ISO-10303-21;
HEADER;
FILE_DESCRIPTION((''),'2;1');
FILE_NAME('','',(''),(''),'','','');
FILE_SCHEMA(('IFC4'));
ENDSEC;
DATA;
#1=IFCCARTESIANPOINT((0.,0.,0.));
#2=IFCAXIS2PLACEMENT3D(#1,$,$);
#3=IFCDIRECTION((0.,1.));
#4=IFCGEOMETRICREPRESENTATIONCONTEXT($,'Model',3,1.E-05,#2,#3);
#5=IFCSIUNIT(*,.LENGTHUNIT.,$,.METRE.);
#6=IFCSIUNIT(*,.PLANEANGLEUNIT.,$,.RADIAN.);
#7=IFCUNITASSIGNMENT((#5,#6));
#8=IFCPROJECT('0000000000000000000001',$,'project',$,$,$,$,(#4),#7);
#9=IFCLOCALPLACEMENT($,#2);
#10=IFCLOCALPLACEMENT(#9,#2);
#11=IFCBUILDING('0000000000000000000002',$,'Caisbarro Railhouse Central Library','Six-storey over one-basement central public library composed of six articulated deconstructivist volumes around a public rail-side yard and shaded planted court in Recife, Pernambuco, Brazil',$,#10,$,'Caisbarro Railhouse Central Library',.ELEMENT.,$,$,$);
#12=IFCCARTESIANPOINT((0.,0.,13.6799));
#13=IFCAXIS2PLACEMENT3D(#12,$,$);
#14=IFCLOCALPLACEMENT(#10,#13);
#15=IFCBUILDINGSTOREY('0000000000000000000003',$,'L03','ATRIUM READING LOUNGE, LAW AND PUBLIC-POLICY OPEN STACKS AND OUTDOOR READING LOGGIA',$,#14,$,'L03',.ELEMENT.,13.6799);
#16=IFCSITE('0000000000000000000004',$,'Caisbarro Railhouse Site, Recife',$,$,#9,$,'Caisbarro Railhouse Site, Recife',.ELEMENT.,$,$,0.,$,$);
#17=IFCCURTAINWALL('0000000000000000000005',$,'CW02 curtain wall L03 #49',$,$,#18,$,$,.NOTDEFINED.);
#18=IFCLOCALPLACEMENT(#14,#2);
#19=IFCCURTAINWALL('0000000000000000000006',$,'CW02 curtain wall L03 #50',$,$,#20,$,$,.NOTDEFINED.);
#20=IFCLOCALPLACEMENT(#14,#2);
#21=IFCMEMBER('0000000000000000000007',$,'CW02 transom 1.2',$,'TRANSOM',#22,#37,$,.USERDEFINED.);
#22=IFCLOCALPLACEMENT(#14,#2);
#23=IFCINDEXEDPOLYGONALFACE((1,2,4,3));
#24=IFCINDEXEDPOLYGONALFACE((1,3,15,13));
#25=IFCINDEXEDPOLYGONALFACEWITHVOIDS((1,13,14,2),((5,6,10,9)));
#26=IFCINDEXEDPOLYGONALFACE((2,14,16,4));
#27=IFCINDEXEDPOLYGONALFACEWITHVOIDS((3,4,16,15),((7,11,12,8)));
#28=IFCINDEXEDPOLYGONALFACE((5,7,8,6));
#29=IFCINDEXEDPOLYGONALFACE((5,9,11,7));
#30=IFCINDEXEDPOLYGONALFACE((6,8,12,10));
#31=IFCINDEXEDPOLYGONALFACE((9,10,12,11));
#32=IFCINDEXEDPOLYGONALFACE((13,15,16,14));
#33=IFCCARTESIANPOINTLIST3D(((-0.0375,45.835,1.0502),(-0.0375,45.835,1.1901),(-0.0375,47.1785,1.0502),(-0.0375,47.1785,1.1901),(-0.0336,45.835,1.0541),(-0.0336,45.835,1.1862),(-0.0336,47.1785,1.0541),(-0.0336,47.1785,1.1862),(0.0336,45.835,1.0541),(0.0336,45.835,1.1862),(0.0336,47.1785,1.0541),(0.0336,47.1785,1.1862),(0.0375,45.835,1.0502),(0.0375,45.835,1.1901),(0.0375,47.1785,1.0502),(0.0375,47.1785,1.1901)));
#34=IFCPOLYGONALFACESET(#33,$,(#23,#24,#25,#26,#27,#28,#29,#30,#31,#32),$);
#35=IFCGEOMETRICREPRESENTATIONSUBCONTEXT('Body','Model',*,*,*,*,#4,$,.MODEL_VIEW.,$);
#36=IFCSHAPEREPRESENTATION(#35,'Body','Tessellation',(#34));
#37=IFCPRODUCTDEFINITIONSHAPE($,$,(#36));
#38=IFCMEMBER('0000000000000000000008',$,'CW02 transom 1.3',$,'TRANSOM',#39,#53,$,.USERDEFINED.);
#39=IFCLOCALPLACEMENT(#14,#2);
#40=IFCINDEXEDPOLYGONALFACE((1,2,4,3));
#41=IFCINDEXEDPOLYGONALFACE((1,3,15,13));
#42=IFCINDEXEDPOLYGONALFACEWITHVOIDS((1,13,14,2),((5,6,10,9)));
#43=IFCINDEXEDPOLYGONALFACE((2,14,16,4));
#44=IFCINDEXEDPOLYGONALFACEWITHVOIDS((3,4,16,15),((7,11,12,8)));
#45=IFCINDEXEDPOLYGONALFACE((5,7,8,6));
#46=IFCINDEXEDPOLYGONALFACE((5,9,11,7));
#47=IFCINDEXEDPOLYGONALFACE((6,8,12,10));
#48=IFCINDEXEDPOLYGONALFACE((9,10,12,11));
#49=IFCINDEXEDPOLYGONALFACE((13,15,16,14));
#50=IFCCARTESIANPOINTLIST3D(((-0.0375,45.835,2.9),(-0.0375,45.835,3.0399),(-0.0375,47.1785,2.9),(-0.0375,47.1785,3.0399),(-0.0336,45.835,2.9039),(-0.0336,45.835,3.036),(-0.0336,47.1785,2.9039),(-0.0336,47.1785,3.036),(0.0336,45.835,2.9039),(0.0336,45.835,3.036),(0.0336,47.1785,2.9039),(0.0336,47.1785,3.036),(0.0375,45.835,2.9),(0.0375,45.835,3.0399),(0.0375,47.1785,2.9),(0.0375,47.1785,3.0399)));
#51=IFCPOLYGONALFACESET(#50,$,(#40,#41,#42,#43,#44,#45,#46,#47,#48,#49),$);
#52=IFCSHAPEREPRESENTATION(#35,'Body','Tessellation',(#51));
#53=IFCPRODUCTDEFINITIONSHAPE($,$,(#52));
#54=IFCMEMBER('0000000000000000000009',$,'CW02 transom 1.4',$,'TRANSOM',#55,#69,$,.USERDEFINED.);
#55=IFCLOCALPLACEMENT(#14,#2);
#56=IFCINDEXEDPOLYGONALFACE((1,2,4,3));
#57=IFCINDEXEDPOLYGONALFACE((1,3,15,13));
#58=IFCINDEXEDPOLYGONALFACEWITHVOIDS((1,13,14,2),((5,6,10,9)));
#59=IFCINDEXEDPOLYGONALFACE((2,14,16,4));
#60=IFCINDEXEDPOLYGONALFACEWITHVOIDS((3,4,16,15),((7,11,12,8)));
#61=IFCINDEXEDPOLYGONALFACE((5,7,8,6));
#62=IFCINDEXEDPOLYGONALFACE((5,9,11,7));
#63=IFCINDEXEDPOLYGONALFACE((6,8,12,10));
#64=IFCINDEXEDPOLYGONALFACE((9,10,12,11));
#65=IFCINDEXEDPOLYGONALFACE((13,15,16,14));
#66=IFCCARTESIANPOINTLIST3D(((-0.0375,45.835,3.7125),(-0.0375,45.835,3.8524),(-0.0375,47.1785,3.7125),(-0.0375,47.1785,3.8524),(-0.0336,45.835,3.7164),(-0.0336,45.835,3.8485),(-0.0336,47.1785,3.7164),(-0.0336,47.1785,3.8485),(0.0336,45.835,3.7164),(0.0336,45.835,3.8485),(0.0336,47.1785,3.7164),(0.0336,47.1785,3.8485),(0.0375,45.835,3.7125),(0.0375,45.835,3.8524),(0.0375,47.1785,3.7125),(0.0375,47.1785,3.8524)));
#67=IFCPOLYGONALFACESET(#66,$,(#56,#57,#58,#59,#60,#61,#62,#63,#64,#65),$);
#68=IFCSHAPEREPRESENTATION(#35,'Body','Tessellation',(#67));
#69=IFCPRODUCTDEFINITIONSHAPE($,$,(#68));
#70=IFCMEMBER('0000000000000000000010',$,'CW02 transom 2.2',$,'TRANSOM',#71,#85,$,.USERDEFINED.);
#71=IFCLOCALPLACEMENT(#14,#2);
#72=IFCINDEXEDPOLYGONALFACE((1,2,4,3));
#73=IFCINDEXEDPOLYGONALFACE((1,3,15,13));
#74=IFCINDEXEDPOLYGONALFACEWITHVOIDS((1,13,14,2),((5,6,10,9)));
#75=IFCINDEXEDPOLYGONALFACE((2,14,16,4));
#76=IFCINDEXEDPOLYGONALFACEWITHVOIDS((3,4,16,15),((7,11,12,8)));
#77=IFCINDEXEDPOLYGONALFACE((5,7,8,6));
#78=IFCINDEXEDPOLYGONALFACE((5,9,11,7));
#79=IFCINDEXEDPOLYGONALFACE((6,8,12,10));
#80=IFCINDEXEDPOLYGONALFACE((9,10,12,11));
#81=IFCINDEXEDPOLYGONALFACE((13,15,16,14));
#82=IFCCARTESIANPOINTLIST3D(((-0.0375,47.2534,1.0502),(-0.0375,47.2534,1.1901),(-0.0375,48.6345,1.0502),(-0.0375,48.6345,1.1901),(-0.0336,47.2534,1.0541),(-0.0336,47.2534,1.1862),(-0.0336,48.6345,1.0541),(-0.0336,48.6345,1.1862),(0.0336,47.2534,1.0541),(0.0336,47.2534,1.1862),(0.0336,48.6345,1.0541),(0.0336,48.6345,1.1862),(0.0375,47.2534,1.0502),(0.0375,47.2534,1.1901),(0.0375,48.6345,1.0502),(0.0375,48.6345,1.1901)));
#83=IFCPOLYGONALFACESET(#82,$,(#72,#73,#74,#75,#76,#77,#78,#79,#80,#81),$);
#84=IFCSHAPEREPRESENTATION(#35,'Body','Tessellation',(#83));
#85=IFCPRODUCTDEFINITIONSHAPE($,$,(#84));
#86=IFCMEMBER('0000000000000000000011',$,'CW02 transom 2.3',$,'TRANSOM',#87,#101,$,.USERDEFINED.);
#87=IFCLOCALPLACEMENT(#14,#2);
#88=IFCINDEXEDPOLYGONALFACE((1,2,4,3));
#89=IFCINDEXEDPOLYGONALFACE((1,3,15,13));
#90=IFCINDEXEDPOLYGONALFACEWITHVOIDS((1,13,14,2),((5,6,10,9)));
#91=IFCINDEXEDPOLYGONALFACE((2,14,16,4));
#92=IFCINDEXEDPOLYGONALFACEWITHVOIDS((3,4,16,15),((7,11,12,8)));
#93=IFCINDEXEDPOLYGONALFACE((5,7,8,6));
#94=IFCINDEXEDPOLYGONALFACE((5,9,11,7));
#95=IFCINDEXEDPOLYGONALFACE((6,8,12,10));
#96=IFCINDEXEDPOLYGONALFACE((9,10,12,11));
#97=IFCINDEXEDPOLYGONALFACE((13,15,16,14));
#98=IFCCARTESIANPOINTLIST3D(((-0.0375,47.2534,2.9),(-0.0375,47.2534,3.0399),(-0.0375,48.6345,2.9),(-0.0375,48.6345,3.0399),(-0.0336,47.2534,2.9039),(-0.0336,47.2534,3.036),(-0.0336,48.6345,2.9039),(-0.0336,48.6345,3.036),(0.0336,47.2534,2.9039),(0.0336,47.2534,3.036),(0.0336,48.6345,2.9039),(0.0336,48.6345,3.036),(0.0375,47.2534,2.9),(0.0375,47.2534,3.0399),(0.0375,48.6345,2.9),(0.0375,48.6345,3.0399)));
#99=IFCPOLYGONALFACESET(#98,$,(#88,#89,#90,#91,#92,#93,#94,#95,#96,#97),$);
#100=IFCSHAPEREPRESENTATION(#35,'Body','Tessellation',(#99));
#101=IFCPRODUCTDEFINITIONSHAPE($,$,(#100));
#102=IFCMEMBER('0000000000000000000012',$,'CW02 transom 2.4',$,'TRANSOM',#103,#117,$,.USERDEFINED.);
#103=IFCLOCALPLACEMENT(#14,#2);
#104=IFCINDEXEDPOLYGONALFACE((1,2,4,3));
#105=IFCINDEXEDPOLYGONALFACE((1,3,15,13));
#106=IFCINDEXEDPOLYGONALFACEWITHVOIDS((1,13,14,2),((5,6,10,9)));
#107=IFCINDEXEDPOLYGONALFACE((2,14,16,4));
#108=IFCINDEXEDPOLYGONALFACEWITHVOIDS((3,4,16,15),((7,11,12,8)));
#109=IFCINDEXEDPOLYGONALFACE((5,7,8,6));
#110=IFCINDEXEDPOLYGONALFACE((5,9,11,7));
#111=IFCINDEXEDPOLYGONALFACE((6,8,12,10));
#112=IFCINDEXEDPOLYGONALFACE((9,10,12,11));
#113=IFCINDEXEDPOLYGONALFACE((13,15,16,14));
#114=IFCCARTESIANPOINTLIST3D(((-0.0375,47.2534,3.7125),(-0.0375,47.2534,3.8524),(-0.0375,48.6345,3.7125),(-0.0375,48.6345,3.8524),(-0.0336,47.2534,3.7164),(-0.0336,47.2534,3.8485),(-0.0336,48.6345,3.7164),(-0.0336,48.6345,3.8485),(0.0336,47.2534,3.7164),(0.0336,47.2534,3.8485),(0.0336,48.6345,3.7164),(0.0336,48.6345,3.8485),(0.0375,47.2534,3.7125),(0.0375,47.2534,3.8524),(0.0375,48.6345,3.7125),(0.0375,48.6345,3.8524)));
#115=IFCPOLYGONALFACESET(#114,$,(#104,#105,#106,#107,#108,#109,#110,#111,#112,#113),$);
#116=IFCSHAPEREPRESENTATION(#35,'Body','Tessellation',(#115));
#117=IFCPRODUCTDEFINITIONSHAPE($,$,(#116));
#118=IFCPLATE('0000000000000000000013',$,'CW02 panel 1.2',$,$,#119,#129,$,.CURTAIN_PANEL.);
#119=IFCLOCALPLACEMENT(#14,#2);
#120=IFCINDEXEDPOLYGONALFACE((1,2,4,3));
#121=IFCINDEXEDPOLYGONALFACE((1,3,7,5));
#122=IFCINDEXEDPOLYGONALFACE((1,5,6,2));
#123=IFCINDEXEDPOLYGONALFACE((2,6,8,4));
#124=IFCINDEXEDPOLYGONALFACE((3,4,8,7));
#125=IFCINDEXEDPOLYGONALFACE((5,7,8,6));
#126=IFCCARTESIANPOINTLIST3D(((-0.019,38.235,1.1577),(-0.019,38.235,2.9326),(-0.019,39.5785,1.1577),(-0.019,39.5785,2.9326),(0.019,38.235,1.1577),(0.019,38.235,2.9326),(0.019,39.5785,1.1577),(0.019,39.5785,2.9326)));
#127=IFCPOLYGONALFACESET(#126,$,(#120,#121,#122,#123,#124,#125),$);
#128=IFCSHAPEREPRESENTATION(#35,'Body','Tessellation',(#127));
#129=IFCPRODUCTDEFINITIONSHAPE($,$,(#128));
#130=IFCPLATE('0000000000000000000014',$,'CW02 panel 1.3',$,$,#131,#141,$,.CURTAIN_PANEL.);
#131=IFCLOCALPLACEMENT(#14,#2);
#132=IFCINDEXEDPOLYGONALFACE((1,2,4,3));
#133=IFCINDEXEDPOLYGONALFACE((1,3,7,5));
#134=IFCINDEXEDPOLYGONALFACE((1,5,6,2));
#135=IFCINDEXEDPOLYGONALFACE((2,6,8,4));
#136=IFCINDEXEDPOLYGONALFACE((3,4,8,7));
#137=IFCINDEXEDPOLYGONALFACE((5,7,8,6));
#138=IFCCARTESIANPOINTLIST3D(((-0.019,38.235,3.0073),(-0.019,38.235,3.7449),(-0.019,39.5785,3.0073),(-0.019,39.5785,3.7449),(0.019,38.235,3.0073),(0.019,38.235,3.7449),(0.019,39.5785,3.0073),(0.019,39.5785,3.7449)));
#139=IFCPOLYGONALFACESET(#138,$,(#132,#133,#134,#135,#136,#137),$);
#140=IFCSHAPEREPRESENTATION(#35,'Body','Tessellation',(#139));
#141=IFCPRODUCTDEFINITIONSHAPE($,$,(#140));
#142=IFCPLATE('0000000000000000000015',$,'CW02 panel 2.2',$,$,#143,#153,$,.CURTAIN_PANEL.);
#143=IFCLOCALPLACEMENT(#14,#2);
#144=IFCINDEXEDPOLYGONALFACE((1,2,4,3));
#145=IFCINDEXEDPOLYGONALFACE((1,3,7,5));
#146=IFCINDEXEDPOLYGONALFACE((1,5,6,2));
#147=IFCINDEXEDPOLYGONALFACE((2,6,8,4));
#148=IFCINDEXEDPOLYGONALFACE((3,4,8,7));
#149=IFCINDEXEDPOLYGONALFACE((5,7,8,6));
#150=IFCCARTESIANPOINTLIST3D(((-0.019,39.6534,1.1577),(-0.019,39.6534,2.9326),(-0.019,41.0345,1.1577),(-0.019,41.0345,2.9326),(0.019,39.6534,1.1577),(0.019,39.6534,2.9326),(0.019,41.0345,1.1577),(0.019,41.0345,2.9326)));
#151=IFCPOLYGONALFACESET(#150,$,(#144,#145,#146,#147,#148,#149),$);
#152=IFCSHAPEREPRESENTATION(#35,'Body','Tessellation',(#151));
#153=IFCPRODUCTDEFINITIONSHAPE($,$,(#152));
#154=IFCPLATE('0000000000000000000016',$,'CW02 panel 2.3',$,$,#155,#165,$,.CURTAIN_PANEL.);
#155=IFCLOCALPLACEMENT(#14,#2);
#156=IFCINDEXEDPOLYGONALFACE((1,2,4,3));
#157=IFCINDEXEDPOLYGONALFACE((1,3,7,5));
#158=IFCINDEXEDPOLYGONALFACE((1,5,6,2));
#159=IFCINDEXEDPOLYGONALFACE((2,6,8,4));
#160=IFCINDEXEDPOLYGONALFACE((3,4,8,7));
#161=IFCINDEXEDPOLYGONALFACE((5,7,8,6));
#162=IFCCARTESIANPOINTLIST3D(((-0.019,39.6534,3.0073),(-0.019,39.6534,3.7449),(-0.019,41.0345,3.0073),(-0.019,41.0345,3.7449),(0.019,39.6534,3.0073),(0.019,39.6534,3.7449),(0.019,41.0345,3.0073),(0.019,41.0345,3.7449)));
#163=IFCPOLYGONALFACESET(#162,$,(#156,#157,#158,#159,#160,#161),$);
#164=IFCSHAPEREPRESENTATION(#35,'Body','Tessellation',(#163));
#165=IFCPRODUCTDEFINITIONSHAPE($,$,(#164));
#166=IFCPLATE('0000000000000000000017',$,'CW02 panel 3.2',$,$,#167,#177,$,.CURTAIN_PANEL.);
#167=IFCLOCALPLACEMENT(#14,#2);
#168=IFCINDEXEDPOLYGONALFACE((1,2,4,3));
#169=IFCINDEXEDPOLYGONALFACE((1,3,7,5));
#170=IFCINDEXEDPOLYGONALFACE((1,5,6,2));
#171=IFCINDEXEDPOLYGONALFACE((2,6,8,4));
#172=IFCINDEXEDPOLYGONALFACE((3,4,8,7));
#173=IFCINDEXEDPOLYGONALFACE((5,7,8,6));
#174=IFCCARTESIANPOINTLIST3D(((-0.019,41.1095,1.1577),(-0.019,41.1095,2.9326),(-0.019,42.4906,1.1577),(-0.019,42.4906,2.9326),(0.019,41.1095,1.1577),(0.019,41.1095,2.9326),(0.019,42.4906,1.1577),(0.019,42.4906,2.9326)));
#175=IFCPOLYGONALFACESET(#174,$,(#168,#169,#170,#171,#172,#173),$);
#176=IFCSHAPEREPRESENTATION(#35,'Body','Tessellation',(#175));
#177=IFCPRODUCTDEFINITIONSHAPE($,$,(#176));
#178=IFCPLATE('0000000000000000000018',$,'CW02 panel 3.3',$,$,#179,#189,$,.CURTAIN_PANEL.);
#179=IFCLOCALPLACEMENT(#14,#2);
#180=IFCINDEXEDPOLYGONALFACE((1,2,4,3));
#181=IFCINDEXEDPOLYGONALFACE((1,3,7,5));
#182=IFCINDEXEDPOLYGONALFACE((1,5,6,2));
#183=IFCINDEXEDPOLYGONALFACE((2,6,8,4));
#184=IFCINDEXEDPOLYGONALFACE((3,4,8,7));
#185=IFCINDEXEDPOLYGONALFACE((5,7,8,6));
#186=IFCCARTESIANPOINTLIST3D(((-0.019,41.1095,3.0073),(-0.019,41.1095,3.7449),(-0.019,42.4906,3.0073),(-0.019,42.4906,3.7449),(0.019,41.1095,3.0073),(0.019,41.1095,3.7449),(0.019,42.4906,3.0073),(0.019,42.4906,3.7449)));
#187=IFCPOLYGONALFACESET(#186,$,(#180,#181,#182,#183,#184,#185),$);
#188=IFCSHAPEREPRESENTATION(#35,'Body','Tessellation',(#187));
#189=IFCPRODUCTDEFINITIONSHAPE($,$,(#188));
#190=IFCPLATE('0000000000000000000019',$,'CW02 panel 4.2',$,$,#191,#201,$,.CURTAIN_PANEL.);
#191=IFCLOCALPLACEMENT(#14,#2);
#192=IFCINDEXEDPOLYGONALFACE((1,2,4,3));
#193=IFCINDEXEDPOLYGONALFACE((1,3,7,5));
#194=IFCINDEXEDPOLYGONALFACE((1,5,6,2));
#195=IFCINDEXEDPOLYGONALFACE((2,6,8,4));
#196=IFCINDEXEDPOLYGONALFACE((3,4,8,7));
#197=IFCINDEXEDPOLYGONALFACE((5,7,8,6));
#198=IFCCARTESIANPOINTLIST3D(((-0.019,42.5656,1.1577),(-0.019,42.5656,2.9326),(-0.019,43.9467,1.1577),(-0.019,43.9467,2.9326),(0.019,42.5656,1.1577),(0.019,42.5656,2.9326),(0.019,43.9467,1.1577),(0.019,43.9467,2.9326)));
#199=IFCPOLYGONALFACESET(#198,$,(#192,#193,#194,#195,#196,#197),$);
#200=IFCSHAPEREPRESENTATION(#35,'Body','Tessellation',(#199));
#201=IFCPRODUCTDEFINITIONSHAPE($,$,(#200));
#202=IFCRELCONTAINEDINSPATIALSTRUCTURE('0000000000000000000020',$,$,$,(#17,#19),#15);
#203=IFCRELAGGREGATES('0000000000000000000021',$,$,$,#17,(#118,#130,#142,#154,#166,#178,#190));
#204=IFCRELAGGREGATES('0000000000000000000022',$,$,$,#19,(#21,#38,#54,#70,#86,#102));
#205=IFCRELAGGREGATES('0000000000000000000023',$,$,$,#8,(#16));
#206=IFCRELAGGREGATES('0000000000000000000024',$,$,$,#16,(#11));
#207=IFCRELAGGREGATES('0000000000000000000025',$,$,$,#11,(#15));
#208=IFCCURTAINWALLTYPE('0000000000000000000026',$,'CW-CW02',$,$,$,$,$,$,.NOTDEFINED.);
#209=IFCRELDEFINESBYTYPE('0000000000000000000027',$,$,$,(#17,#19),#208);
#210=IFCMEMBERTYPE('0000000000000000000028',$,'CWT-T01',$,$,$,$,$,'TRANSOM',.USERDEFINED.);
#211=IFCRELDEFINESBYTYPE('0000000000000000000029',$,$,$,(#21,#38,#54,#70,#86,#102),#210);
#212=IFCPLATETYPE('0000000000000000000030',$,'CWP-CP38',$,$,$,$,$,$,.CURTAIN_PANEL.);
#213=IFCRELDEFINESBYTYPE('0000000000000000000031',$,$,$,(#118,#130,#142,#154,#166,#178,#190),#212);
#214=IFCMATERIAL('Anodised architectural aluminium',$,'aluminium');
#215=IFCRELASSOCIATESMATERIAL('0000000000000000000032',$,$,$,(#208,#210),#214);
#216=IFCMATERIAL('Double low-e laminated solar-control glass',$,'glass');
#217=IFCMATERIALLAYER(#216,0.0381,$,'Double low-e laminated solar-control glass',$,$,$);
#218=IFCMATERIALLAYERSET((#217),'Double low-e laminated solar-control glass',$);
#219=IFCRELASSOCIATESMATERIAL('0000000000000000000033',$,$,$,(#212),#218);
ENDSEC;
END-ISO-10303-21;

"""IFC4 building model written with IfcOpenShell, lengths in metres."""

from ifc_helpers import new_model, si_unit, direction, frame, origin, origin_2d, place, context, subcontext, project, spatial, rectangle, hollow_rectangle, extrude, material, layer, layer_set, material_profile, profile_set, type_object, element, aggregate, save


model = new_model("IFC4")

# Units and contexts
model_context = context("Model", 3, precision=1e-05, world=origin(), true_north=direction((0.0, 1.0)))
body_context = subcontext(model_context, "Body", "Model", "MODEL_VIEW")
ifc_project = project(units=[si_unit("LENGTHUNIT", "METRE"), si_unit("PLANEANGLEUNIT", "RADIAN")], contexts=[model_context])

# Site, building, storey
site_placement = place(None, origin())
site = spatial("IfcSite", under=ifc_project, at=site_placement, Name="Caisbarro Railhouse Site, Recife", LongName="Caisbarro Railhouse Site, Recife", CompositionType="ELEMENT", RefElevation=0.0)
building_placement = place(site_placement, origin())
building = spatial("IfcBuilding", under=site, at=building_placement, Name="Caisbarro Railhouse Central Library", Description="Six-storey over one-basement central public library composed of six articulated deconstructivist volumes around a public rail-side yard and shaded planted court in Recife, Pernambuco, Brazil", LongName="Caisbarro Railhouse Central Library", CompositionType="ELEMENT")
storey_placement = place(building_placement, frame((0.0, 0.0, 13.6799)))
storey = spatial("IfcBuildingStorey", under=building, at=storey_placement, Name="L03", Description="ATRIUM READING LOUNGE, LAW AND PUBLIC-POLICY OPEN STACKS AND OUTDOOR READING LOGGIA", LongName="L03", CompositionType="ELEMENT", Elevation=13.6799)

# Curtain walls, members
ifc_material_1 = material(Name="Anodised architectural aluminium", Category="aluminium")
curtain_wall_type = type_object("IfcCurtainWallType", Name="CW-CW02", PredefinedType="NOTDEFINED", material=ifc_material_1)
curtain_wall_1_placement = place(storey_placement, origin())
curtain_wall_1 = element("IfcCurtainWall", 1, at=curtain_wall_1_placement, inside=storey, type_object=curtain_wall_type, Name="CW02 curtain wall L03 #49", PredefinedType="NOTDEFINED")
ifc_material_profile = material_profile(ifc_material_1, hollow_rectangle(XDim=0.075, YDim=0.1399, WallThickness=0.0039, at=origin_2d()), Name="ALU-TRN-75X140")
ifc_profile_set = profile_set([ifc_material_profile], Name="Anodised architectural aluminium")
member_type = type_object("IfcMemberType", Name="CWT-T01", ElementType="TRANSOM", PredefinedType="USERDEFINED", material=ifc_profile_set)
curtain_wall_2_placement = place(storey_placement, origin())
curtain_wall_2 = element("IfcCurtainWall", 2, at=curtain_wall_2_placement, inside=storey, type_object=curtain_wall_type, Name="CW02 curtain wall L03 #50", PredefinedType="NOTDEFINED")
member_1_placement = place(storey_placement, frame((0.0, 45.835, 1.1201), z_axis=(0.0, 1.0, 0.0), x_axis=(-1.0, 0.0, 0.0)))
member_1 = element("IfcMember", 3, at=member_1_placement, type_object=member_type, Name="CW02 transom 1.2", ObjectType="TRANSOM", PredefinedType="USERDEFINED", context=body_context, shape_type="SweptSolid", body=[
    extrude(hollow_rectangle(XDim=0.075, YDim=0.1399, WallThickness=0.0039, at=origin_2d()), origin(), (0.0, 0.0, 1.0), 1.3435),
])
member_2_placement = place(storey_placement, frame((0.0, 45.835, 2.97), z_axis=(0.0, 1.0, 0.0), x_axis=(-1.0, 0.0, 0.0)))
member_2 = element("IfcMember", 4, at=member_2_placement, type_object=member_type, Name="CW02 transom 1.3", ObjectType="TRANSOM", PredefinedType="USERDEFINED", context=body_context, shape_type="SweptSolid", body=[
    extrude(hollow_rectangle(XDim=0.075, YDim=0.1399, WallThickness=0.0039, at=origin_2d()), origin(), (0.0, 0.0, 1.0), 1.3435),
])
member_3_placement = place(storey_placement, frame((0.0, 45.835, 3.7825), z_axis=(0.0, 1.0, 0.0), x_axis=(-1.0, 0.0, 0.0)))
member_3 = element("IfcMember", 5, at=member_3_placement, type_object=member_type, Name="CW02 transom 1.4", ObjectType="TRANSOM", PredefinedType="USERDEFINED", context=body_context, shape_type="SweptSolid", body=[
    extrude(hollow_rectangle(XDim=0.075, YDim=0.1399, WallThickness=0.0039, at=origin_2d()), origin(), (0.0, 0.0, 1.0), 1.3435),
])
member_4_placement = place(storey_placement, frame((0.0, 47.2534, 1.1201), z_axis=(0.0, 1.0, 0.0), x_axis=(-1.0, 0.0, 0.0)))
member_4 = element("IfcMember", 6, at=member_4_placement, type_object=member_type, Name="CW02 transom 2.2", ObjectType="TRANSOM", PredefinedType="USERDEFINED", context=body_context, shape_type="SweptSolid", body=[
    extrude(hollow_rectangle(XDim=0.075, YDim=0.1399, WallThickness=0.0039, at=origin_2d()), origin(), (0.0, 0.0, 1.0), 1.3811),
])
member_5_placement = place(storey_placement, frame((0.0, 47.2534, 2.97), z_axis=(0.0, 1.0, 0.0), x_axis=(-1.0, 0.0, 0.0)))
member_5 = element("IfcMember", 7, at=member_5_placement, type_object=member_type, Name="CW02 transom 2.3", ObjectType="TRANSOM", PredefinedType="USERDEFINED", context=body_context, shape_type="SweptSolid", body=[
    extrude(hollow_rectangle(XDim=0.075, YDim=0.1399, WallThickness=0.0039, at=origin_2d()), origin(), (0.0, 0.0, 1.0), 1.3811),
])
member_6_placement = place(storey_placement, frame((0.0, 47.2534, 3.7825), z_axis=(0.0, 1.0, 0.0), x_axis=(-1.0, 0.0, 0.0)))
member_6 = element("IfcMember", 8, at=member_6_placement, type_object=member_type, Name="CW02 transom 2.4", ObjectType="TRANSOM", PredefinedType="USERDEFINED", context=body_context, shape_type="SweptSolid", body=[
    extrude(hollow_rectangle(XDim=0.075, YDim=0.1399, WallThickness=0.0039, at=origin_2d()), origin(), (0.0, 0.0, 1.0), 1.3811),
])

# Plates
ifc_material_2 = material(Name="Double low-e laminated solar-control glass", Category="glass")
ifc_layer_1 = layer(ifc_material_2, 0.0381, Name="Double low-e laminated solar-control glass")
ifc_layer_set_1 = layer_set([ifc_layer_1], Name="Double low-e laminated solar-control glass")
plate_type_1 = type_object("IfcPlateType", Name="CWP-CP38", PredefinedType="CURTAIN_PANEL", material=ifc_layer_set_1)
plate_1_placement = place(storey_placement, frame((0.0, 38.9067, 1.1577), z_axis=(0.0, 0.0, 1.0), x_axis=(0.0, 1.0, 0.0)))
plate_1 = element("IfcPlate", 9, at=plate_1_placement, type_object=plate_type_1, Name="CW02 panel 1.2", PredefinedType="CURTAIN_PANEL", context=body_context, shape_type="SweptSolid", body=[
    extrude(rectangle(XDim=1.3435, YDim=0.0381, at=origin_2d()), origin(), (0.0, 0.0, 1.0), 1.7749),
])
plate_2_placement = place(storey_placement, frame((0.0, 38.9067, 3.0073), z_axis=(0.0, 0.0, 1.0), x_axis=(0.0, 1.0, 0.0)))
plate_2 = element("IfcPlate", 10, at=plate_2_placement, type_object=plate_type_1, Name="CW02 panel 1.3", PredefinedType="CURTAIN_PANEL", context=body_context, shape_type="SweptSolid", body=[
    extrude(rectangle(XDim=1.3435, YDim=0.0381, at=origin_2d()), origin(), (0.0, 0.0, 1.0), 0.7375),
])
plate_3_placement = place(storey_placement, frame((0.0, 40.344, 1.1577), z_axis=(0.0, 0.0, 1.0), x_axis=(0.0, 1.0, 0.0)))
plate_3 = element("IfcPlate", 11, at=plate_3_placement, type_object=plate_type_1, Name="CW02 panel 2.2", PredefinedType="CURTAIN_PANEL", context=body_context, shape_type="SweptSolid", body=[
    extrude(rectangle(XDim=1.3811, YDim=0.0381, at=origin_2d()), origin(), (0.0, 0.0, 1.0), 1.7749),
])
plate_4_placement = place(storey_placement, frame((0.0, 40.344, 3.0073), z_axis=(0.0, 0.0, 1.0), x_axis=(0.0, 1.0, 0.0)))
plate_4 = element("IfcPlate", 12, at=plate_4_placement, type_object=plate_type_1, Name="CW02 panel 2.3", PredefinedType="CURTAIN_PANEL", context=body_context, shape_type="SweptSolid", body=[
    extrude(rectangle(XDim=1.3811, YDim=0.0381, at=origin_2d()), origin(), (0.0, 0.0, 1.0), 0.7375),
])
plate_5_placement = place(storey_placement, frame((0.0, 41.8, 1.1577), z_axis=(0.0, 0.0, 1.0), x_axis=(0.0, 1.0, 0.0)))
plate_5 = element("IfcPlate", 13, at=plate_5_placement, type_object=plate_type_1, Name="CW02 panel 3.2", PredefinedType="CURTAIN_PANEL", context=body_context, shape_type="SweptSolid", body=[
    extrude(rectangle(XDim=1.3811, YDim=0.0381, at=origin_2d()), origin(), (0.0, 0.0, 1.0), 1.7749),
])
plate_6_placement = place(storey_placement, frame((0.0, 41.8, 3.0073), z_axis=(0.0, 0.0, 1.0), x_axis=(0.0, 1.0, 0.0)))
plate_6 = element("IfcPlate", 14, at=plate_6_placement, type_object=plate_type_1, Name="CW02 panel 3.3", PredefinedType="CURTAIN_PANEL", context=body_context, shape_type="SweptSolid", body=[
    extrude(rectangle(XDim=1.3811, YDim=0.0381, at=origin_2d()), origin(), (0.0, 0.0, 1.0), 0.7375),
])
plate_7_placement = place(storey_placement, frame((0.0, 43.2561, 1.1577), z_axis=(0.0, 0.0, 1.0), x_axis=(0.0, 1.0, 0.0)))
plate_7 = element("IfcPlate", 15, at=plate_7_placement, type_object=plate_type_1, Name="CW02 panel 4.2", PredefinedType="CURTAIN_PANEL", context=body_context, shape_type="SweptSolid", body=[
    extrude(rectangle(XDim=1.3811, YDim=0.0381, at=origin_2d()), origin(), (0.0, 0.0, 1.0), 1.7749),
])
aggregate(curtain_wall_1, [plate_1, plate_2, plate_3, plate_4, plate_5, plate_6, plate_7])
aggregate(curtain_wall_2, [member_1, member_2, member_3, member_4, member_5, member_6])

save(model, "model.ifc")
